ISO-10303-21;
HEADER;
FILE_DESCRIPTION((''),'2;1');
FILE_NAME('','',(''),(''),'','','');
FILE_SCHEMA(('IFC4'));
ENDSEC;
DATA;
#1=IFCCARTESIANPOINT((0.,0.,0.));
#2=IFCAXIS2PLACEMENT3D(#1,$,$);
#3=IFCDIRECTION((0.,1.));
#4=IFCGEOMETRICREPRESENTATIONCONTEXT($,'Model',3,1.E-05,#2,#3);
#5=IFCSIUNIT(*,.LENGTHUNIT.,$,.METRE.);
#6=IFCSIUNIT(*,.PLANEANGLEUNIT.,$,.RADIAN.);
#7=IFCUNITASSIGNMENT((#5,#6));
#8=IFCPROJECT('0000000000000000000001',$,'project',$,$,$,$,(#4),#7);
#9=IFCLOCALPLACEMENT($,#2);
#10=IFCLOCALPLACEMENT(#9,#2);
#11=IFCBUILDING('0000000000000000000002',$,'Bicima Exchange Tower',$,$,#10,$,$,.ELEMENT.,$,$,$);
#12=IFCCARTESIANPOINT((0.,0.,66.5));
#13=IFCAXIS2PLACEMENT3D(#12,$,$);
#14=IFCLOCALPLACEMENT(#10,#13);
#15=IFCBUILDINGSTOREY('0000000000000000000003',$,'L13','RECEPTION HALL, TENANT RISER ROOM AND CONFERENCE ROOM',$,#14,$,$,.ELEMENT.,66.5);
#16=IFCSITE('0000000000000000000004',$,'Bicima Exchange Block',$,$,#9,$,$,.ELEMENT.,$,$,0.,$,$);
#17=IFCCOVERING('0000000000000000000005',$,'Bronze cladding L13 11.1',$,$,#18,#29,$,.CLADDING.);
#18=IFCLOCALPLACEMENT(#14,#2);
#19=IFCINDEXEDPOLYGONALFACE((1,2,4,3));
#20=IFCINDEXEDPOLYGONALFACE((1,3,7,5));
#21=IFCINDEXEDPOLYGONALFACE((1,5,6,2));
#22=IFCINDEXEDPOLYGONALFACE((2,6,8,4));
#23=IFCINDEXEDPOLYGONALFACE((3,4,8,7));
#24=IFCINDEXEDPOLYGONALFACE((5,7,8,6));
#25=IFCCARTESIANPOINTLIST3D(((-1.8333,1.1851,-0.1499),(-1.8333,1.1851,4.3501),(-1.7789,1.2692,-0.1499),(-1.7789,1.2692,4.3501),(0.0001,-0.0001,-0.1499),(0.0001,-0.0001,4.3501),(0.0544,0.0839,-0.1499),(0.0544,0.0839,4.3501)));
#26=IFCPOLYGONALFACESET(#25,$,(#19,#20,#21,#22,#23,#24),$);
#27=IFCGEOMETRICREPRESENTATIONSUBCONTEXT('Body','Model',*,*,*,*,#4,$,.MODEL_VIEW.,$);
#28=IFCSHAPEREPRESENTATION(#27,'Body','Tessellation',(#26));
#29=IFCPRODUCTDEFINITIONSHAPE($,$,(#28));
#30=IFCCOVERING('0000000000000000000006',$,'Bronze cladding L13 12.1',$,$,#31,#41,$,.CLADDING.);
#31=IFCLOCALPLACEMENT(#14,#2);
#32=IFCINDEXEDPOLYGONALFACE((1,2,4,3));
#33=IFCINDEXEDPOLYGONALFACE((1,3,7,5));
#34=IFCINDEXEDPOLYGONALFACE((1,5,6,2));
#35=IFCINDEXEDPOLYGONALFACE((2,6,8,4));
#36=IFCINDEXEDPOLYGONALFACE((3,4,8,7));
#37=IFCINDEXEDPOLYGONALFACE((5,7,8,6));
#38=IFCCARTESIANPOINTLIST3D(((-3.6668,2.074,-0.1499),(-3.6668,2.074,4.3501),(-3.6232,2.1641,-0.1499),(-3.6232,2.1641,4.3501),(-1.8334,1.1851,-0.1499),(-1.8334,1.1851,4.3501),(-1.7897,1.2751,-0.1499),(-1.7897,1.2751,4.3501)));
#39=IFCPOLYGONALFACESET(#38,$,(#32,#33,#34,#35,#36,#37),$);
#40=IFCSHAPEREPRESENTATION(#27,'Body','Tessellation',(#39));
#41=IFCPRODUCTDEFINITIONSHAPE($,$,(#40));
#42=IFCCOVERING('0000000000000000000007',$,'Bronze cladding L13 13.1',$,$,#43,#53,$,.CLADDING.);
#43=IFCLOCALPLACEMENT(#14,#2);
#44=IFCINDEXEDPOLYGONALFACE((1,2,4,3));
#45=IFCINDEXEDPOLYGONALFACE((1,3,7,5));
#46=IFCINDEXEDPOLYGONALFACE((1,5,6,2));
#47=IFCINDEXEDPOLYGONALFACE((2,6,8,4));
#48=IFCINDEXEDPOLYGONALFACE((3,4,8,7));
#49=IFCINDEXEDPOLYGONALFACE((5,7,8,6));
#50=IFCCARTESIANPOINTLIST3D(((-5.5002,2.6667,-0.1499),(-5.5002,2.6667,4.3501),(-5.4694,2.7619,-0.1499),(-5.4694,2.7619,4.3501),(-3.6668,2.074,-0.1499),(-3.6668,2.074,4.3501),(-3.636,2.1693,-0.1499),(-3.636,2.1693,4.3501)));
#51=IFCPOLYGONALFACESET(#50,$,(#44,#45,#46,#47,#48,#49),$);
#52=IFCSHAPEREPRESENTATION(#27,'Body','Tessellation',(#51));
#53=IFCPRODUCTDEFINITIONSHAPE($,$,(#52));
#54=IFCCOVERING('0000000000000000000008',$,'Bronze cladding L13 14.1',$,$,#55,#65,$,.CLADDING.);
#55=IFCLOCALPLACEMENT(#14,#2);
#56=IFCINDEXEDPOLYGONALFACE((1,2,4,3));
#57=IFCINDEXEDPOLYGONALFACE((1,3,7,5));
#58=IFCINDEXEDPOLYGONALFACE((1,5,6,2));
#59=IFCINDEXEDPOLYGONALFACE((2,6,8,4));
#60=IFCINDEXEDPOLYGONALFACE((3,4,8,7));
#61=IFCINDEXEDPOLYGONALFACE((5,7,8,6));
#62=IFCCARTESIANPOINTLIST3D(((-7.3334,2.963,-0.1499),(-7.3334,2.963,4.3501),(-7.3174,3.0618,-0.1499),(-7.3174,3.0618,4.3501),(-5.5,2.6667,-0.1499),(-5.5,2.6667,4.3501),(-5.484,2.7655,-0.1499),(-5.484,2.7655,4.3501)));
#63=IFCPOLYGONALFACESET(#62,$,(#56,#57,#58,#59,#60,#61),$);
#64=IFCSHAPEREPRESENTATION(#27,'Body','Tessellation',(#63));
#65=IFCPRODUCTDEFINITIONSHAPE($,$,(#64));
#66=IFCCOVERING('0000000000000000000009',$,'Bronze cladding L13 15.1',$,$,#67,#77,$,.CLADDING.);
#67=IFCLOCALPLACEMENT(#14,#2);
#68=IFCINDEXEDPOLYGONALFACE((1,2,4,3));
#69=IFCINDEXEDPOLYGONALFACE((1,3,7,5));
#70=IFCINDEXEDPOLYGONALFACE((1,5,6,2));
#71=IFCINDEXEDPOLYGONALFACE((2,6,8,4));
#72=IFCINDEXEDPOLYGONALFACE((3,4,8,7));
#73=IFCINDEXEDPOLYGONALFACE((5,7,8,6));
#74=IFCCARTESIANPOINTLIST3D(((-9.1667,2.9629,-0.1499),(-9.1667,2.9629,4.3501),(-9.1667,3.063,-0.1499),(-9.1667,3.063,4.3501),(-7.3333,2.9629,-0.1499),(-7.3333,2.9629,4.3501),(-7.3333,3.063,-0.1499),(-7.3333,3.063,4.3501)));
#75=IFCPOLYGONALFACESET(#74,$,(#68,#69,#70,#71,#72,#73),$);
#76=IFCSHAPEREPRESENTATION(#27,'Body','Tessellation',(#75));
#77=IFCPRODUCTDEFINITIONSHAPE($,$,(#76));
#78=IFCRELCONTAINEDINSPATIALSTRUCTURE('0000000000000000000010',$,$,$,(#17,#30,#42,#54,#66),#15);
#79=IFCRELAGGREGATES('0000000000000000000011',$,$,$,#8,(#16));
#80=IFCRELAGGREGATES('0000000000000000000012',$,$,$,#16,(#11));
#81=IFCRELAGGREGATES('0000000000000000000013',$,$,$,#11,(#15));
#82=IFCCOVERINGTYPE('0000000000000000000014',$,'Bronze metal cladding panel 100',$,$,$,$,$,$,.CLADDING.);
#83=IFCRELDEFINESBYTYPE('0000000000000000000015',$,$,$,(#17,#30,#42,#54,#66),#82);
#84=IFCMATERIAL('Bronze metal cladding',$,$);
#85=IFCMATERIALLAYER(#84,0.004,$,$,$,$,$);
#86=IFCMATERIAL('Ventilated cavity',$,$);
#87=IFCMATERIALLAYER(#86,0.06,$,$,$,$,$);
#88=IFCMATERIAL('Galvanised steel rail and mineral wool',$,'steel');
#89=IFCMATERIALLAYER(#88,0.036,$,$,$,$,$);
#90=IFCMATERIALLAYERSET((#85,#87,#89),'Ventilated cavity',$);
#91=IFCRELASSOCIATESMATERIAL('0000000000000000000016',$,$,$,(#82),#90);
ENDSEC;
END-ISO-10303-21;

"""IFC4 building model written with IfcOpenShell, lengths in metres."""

from ifc_helpers import new_model, si_unit, direction, frame, origin, origin_2d, place, context, subcontext, project, spatial, rectangle, extrude, material, layer, layer_set, type_object, element, save


model = new_model("IFC4")

# Units and contexts
model_context = context("Model", 3, precision=1e-05, world=origin(), true_north=direction((0.0, 1.0)))
body_context = subcontext(model_context, "Body", "Model", "MODEL_VIEW")
ifc_project = project(units=[si_unit("LENGTHUNIT", "METRE"), si_unit("PLANEANGLEUNIT", "RADIAN")], contexts=[model_context])

# Site, building, storey
site_placement = place(None, origin())
site = spatial("IfcSite", under=ifc_project, at=site_placement, Name="Bicima Exchange Block", CompositionType="ELEMENT", RefElevation=0.0)
building_placement = place(site_placement, origin())
building = spatial("IfcBuilding", under=site, at=building_placement, Name="Bicima Exchange Tower", CompositionType="ELEMENT")
storey_placement = place(building_placement, frame((0.0, 0.0, 66.5)))
storey = spatial("IfcBuildingStorey", under=building, at=storey_placement, Name="L13", Description="RECEPTION HALL, TENANT RISER ROOM AND CONFERENCE ROOM", CompositionType="ELEMENT", Elevation=66.5)

# Coverings
ifc_material_1 = material(Name="Bronze metal cladding")
ifc_layer_1 = layer(ifc_material_1, 0.004)
ifc_material_2 = material(Name="Ventilated cavity")
ifc_layer_2 = layer(ifc_material_2, 0.06)
ifc_material_3 = material(Name="Galvanised steel rail and mineral wool", Category="steel")
ifc_layer_3 = layer(ifc_material_3, 0.036)
ifc_layer_set_1 = layer_set([ifc_layer_1, ifc_layer_2, ifc_layer_3], Name="Ventilated cavity")
covering_type = type_object("IfcCoveringType", Name="Bronze metal cladding panel 100", PredefinedType="CLADDING", material=ifc_layer_set_1)
covering_1_placement = place(storey_placement, frame((-0.8894, 0.6345, -0.1499), z_axis=(0.0, 0.0, 1.0), x_axis=(-0.83979, 0.542911, 0.0)))
element("IfcCovering", 1, at=covering_1_placement, inside=storey, type_object=covering_type, Name="Bronze cladding L13 11.1", PredefinedType="CLADDING", context=body_context, shape_type="SweptSolid", body=[
    extrude(rectangle(XDim=2.1831, YDim=0.1001, at=origin_2d()), origin(), (0.0, 0.0, 1.0), 4.5),
])
covering_2_placement = place(storey_placement, frame((-2.7283, 1.6746, -0.1499), z_axis=(0.0, 0.0, 1.0), x_axis=(-0.899818, 0.436265, 0.0)))
element("IfcCovering", 2, at=covering_2_placement, inside=storey, type_object=covering_type, Name="Bronze cladding L13 12.1", PredefinedType="CLADDING", context=body_context, shape_type="SweptSolid", body=[
    extrude(rectangle(XDim=2.0376, YDim=0.1001, at=origin_2d()), origin(), (0.0, 0.0, 1.0), 4.5),
])
covering_3_placement = place(storey_placement, frame((-4.5681, 2.418, -0.1499), z_axis=(0.0, 0.0, 1.0), x_axis=(-0.951525, 0.307573, 0.0)))
element("IfcCovering", 3, at=covering_3_placement, inside=storey, type_object=covering_type, Name="Bronze cladding L13 13.1", PredefinedType="CLADDING", context=body_context, shape_type="SweptSolid", body=[
    extrude(rectangle(XDim=1.9268, YDim=0.1001, at=origin_2d()), origin(), (0.0, 0.0, 1.0), 4.5),
])
covering_4_placement = place(storey_placement, frame((-6.4087, 2.8643, -0.1499), z_axis=(0.0, 0.0, 1.0), x_axis=(-0.98719, 0.15955, 0.0)))
element("IfcCovering", 4, at=covering_4_placement, inside=storey, type_object=covering_type, Name="Bronze cladding L13 14.1", PredefinedType="CLADDING", context=body_context, shape_type="SweptSolid", body=[
    extrude(rectangle(XDim=1.8572, YDim=0.1001, at=origin_2d()), origin(), (0.0, 0.0, 1.0), 4.5),
])
covering_5_placement = place(storey_placement, frame((-8.25, 3.0129, -0.1499), z_axis=(0.0, 0.0, 1.0), x_axis=(-1.0, 0.0, 0.0)))
element("IfcCovering", 5, at=covering_5_placement, inside=storey, type_object=covering_type, Name="Bronze cladding L13 15.1", PredefinedType="CLADDING", context=body_context, shape_type="SweptSolid", body=[
    extrude(rectangle(XDim=1.8335, YDim=0.1001, at=origin_2d()), origin(), (0.0, 0.0, 1.0), 4.5),
])

save(model, "model.ifc")
